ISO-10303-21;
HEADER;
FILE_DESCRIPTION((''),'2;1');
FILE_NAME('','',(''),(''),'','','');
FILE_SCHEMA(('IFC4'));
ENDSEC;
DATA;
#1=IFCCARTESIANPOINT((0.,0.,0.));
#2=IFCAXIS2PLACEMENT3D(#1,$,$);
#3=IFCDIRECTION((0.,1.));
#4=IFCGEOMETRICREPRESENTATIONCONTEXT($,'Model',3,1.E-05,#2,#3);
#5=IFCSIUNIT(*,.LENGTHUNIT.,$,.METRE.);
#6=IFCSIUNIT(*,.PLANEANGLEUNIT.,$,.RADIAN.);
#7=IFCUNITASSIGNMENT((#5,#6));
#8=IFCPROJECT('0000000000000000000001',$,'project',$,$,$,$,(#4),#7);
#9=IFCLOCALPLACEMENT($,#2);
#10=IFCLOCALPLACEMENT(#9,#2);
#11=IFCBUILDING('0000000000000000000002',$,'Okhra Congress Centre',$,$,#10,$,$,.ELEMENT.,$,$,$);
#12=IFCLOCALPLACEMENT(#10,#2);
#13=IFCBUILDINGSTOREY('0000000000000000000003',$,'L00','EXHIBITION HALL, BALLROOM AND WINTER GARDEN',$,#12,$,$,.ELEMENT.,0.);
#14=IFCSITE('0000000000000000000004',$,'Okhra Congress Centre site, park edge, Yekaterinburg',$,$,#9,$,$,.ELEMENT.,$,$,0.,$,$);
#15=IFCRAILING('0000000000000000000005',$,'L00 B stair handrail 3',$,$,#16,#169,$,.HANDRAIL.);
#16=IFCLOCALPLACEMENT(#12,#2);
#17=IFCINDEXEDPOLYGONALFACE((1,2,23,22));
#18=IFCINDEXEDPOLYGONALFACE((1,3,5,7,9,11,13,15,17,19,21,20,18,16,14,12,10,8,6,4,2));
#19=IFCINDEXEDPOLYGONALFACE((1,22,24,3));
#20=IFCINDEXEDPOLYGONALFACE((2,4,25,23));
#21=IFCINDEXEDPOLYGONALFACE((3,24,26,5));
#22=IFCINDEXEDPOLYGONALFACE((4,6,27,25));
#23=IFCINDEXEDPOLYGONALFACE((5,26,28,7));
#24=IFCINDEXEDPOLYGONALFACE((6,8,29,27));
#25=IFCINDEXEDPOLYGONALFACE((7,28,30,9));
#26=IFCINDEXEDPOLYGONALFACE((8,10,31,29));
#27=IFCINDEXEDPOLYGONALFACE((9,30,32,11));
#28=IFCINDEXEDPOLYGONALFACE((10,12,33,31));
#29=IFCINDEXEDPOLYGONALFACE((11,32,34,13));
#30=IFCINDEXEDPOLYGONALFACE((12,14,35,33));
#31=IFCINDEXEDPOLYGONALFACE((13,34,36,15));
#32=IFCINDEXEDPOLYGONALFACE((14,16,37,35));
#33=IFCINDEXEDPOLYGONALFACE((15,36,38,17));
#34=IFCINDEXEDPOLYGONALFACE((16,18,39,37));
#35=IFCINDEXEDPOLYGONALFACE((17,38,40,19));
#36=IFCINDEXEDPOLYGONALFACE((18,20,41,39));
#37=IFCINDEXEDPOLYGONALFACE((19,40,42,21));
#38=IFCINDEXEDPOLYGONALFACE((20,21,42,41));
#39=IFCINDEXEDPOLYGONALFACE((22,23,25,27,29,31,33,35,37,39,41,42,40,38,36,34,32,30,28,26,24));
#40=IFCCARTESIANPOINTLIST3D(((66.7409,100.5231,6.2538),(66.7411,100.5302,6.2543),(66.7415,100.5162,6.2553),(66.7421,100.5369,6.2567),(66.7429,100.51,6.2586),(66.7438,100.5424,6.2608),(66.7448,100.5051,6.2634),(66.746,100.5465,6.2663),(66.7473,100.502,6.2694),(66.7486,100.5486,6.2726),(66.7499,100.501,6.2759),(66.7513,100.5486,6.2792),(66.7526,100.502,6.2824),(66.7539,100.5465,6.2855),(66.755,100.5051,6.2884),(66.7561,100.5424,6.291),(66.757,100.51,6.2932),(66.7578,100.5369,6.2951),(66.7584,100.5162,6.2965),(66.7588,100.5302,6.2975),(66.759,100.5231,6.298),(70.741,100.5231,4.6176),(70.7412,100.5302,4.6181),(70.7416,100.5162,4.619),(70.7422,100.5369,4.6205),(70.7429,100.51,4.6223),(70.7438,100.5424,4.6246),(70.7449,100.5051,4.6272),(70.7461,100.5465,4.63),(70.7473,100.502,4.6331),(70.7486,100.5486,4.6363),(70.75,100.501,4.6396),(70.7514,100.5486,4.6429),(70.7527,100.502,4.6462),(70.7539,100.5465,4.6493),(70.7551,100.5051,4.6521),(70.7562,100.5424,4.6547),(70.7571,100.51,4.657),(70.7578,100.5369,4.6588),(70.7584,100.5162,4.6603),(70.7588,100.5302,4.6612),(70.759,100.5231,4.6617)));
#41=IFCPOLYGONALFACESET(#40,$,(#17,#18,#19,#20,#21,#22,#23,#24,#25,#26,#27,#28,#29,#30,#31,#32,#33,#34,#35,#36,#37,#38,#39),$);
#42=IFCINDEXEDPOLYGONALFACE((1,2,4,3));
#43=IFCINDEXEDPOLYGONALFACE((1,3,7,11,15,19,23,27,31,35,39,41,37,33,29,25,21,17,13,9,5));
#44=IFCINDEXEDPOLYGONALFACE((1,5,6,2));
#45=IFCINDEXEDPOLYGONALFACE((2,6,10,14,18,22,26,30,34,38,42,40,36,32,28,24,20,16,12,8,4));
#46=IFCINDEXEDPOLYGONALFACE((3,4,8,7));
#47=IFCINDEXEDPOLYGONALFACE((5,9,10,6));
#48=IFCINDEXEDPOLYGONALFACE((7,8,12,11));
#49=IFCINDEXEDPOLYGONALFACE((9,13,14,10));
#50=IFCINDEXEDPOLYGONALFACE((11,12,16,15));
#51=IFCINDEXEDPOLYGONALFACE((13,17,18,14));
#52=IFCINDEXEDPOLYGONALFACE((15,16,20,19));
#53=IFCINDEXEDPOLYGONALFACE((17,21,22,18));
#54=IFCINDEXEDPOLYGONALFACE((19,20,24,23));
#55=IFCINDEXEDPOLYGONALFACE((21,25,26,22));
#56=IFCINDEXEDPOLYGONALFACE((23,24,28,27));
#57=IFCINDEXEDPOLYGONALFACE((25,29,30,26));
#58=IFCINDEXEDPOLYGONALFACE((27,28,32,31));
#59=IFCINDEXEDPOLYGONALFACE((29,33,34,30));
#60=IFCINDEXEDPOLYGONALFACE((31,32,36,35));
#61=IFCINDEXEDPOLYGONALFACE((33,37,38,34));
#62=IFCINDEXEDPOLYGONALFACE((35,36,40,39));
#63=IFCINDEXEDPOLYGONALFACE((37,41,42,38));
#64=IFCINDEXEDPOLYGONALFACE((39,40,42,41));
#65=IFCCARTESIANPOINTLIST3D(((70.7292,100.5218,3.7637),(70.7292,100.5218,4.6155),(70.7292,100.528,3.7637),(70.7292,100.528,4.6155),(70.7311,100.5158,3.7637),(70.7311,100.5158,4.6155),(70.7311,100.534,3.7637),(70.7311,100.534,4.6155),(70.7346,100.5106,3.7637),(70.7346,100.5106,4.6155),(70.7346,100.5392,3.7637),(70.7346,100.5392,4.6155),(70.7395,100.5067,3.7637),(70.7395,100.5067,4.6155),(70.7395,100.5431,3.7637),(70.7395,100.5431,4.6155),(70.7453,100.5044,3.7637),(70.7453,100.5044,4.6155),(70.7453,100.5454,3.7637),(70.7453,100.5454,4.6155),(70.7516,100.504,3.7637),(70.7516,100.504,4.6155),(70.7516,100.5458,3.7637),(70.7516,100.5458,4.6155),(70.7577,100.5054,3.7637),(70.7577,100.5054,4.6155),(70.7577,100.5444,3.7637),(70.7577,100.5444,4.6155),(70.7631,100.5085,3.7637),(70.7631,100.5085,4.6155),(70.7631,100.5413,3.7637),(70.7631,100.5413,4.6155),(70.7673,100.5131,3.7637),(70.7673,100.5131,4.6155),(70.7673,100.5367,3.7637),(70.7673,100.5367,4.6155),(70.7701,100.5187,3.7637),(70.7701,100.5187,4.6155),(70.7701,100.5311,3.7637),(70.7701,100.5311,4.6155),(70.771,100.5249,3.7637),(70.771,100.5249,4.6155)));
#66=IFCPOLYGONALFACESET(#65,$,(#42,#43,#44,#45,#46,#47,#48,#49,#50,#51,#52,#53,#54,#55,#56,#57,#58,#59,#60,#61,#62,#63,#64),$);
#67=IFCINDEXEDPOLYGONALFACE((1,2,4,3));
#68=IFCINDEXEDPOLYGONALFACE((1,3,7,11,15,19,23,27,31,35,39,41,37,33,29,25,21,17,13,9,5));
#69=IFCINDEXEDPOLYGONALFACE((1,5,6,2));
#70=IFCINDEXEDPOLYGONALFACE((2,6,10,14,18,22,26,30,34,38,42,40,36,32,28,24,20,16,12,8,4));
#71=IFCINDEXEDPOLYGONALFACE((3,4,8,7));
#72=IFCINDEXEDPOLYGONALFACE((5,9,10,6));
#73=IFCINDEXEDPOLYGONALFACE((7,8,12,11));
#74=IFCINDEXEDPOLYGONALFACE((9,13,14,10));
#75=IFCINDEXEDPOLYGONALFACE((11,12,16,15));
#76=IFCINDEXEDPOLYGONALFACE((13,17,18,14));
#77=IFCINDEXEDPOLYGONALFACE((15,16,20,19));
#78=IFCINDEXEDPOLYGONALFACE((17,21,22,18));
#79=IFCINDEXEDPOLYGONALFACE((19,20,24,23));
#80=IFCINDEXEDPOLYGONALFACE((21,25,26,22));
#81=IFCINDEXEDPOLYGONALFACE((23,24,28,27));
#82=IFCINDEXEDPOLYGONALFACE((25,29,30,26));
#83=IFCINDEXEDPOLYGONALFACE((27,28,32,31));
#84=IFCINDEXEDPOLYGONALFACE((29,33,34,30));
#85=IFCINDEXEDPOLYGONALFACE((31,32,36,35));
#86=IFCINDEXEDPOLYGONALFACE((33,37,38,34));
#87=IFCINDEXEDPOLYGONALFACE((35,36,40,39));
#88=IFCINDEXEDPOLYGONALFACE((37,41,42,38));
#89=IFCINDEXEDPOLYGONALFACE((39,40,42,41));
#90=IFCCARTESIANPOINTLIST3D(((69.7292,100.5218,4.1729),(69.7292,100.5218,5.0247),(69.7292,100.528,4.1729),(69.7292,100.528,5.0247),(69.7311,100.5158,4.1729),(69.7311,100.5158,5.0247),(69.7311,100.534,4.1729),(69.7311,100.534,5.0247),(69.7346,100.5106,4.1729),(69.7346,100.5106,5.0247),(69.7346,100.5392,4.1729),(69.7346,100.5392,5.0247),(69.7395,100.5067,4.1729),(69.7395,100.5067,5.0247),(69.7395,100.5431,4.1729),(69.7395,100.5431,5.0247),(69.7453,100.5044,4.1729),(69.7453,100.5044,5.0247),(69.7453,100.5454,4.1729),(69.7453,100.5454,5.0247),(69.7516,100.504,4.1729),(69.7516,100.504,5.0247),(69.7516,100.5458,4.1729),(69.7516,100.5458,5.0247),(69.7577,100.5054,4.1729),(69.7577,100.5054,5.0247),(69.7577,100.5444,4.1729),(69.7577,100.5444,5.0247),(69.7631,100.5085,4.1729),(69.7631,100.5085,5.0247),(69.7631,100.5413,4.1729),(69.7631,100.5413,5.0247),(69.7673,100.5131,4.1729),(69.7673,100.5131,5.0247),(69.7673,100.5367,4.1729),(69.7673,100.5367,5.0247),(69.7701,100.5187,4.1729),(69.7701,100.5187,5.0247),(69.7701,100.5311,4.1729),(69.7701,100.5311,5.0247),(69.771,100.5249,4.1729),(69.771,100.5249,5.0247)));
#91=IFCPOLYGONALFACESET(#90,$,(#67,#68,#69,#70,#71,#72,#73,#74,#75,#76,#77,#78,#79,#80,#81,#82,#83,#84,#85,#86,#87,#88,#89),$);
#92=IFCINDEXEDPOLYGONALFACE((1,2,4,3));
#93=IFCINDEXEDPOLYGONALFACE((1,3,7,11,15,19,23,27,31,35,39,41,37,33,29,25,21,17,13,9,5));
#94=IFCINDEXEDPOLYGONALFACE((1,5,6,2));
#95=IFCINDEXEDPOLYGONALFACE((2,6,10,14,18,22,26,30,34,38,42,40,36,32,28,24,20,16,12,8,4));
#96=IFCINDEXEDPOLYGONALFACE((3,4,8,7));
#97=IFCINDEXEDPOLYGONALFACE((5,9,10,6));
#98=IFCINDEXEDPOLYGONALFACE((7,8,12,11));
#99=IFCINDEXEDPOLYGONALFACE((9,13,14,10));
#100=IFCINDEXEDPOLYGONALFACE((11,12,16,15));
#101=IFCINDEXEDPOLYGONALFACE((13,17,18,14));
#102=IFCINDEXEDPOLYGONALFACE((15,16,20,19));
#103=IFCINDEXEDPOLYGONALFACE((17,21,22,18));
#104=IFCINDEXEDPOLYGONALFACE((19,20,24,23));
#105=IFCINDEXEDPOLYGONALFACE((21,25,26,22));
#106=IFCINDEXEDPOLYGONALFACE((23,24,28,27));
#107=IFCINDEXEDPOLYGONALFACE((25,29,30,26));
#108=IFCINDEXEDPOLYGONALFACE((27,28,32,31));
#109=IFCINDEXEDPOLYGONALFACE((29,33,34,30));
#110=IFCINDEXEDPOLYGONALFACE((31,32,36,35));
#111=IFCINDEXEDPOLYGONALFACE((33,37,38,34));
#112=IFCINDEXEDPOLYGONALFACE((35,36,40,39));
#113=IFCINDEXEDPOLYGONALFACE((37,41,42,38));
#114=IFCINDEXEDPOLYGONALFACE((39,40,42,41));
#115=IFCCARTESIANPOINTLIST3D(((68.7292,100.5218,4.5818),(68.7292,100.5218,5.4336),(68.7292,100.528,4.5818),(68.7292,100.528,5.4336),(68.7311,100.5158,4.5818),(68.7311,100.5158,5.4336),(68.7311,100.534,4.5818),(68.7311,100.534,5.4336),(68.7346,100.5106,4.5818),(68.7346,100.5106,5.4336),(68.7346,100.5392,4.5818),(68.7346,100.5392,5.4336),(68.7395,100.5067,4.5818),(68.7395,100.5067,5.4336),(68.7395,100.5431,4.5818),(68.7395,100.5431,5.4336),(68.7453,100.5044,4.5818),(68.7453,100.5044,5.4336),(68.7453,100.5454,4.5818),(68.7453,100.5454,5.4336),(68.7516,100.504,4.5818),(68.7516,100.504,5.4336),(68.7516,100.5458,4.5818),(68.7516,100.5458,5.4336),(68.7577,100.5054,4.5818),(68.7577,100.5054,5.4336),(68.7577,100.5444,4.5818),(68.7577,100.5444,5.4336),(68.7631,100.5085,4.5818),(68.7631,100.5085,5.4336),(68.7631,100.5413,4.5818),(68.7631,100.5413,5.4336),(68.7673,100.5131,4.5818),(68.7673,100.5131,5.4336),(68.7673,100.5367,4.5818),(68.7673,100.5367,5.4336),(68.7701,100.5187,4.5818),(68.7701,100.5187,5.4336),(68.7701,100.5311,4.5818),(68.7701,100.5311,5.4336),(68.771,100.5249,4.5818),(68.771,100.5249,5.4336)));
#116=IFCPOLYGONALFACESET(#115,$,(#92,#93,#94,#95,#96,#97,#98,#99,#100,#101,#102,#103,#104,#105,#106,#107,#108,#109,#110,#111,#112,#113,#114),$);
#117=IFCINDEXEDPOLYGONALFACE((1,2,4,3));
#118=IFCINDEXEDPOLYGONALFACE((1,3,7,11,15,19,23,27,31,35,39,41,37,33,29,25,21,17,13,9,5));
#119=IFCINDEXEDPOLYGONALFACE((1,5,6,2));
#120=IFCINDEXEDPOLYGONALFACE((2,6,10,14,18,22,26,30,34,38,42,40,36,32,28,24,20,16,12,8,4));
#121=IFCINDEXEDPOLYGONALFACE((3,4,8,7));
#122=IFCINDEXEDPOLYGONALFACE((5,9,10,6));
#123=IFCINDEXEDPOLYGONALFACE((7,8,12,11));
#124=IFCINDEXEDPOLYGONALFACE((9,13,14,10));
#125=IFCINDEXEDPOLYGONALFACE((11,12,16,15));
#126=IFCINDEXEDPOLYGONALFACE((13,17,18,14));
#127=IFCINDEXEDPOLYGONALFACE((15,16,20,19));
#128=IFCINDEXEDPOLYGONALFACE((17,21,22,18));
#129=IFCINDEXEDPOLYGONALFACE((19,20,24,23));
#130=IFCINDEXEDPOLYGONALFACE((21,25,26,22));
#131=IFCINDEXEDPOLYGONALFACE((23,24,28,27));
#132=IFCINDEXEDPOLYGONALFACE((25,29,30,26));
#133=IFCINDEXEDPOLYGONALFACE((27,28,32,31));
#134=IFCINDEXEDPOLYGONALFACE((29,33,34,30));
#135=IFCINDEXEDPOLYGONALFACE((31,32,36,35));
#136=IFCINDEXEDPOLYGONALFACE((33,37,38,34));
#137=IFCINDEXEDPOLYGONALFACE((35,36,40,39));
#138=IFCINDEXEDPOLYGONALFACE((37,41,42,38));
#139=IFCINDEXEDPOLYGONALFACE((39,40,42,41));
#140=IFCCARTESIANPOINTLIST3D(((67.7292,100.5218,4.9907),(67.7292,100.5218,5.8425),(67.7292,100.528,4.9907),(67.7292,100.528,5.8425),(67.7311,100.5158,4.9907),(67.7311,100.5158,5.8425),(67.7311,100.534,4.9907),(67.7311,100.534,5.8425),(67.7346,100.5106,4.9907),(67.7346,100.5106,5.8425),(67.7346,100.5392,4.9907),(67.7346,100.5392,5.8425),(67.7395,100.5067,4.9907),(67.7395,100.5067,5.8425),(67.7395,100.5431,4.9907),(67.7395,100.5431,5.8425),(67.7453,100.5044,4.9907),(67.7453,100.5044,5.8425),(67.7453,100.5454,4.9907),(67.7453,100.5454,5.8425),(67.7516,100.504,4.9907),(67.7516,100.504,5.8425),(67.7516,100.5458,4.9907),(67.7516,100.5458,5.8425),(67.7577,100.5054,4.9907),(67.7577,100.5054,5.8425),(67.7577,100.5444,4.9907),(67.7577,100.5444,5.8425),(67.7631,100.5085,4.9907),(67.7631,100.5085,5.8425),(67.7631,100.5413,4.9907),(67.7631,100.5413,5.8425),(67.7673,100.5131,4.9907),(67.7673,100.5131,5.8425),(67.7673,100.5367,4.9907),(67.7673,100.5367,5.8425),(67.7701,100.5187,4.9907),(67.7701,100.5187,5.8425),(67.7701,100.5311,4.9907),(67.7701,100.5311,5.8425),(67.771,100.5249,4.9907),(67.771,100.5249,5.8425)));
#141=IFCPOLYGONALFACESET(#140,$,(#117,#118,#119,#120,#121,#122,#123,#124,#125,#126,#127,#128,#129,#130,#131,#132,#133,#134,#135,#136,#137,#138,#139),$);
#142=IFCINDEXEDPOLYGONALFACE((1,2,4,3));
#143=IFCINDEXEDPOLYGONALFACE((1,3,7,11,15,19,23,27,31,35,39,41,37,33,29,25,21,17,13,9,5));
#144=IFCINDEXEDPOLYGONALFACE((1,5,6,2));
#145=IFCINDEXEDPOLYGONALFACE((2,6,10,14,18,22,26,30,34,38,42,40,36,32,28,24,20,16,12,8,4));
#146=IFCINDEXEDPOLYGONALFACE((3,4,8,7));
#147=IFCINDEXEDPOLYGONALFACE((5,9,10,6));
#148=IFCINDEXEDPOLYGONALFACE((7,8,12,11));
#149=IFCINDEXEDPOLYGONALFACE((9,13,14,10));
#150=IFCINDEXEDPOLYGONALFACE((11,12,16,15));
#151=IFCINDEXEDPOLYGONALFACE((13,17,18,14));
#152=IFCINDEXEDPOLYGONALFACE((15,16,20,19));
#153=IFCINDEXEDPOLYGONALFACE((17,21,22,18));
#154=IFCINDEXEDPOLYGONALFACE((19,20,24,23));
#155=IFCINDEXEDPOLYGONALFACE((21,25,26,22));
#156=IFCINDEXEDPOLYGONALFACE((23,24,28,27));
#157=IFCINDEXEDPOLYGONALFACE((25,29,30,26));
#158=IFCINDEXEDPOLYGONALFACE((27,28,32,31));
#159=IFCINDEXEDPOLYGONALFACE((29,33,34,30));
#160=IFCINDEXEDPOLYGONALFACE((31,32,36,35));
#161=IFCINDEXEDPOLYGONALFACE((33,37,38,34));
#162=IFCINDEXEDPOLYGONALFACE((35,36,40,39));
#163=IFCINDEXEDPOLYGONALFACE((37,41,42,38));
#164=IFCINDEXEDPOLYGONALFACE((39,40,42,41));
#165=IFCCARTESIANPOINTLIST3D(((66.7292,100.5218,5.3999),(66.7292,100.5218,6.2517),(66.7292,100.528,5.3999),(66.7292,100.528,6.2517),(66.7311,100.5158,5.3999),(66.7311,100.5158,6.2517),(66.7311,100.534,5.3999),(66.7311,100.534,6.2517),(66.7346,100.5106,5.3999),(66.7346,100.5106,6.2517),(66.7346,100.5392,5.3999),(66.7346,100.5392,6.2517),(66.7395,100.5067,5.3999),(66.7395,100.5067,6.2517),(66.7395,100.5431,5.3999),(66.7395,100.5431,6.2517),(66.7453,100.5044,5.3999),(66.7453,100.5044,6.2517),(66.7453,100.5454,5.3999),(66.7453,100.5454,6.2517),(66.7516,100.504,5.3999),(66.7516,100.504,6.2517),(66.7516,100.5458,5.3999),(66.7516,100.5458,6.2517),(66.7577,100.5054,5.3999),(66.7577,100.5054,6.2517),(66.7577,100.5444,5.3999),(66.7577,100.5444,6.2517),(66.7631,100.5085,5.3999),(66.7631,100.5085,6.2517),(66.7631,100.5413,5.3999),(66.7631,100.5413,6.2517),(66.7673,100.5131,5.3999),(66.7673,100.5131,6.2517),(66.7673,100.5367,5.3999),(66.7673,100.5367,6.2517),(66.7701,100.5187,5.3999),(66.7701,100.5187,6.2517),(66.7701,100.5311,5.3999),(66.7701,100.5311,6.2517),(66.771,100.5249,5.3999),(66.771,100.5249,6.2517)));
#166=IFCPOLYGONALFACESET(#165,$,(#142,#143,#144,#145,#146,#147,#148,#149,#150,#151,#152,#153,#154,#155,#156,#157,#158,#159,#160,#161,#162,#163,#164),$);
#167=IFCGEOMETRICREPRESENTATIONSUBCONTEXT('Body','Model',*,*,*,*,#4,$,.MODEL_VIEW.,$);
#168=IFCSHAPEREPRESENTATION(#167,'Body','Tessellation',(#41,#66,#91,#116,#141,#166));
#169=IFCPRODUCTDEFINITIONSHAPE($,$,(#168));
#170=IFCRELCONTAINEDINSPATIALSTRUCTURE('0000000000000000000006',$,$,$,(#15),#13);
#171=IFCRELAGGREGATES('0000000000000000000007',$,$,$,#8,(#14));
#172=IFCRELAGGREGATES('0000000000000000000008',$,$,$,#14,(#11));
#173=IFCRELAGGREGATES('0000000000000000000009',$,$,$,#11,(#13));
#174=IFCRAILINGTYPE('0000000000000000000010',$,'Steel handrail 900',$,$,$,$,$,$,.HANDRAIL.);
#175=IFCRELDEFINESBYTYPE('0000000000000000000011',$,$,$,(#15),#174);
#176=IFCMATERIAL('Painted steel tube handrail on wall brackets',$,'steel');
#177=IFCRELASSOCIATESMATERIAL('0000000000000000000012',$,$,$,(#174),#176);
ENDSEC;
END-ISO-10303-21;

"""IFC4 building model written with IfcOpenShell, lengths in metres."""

from ifc_helpers import new_model, si_unit, direction, frame, origin, origin_2d, place, context, subcontext, project, spatial, circle, extrude, material, type_object, element, save


model = new_model("IFC4")

# Units and contexts
model_context = context("Model", 3, precision=1e-05, world=origin(), true_north=direction((0.0, 1.0)))
body_context = subcontext(model_context, "Body", "Model", "MODEL_VIEW")
ifc_project = project(units=[si_unit("LENGTHUNIT", "METRE"), si_unit("PLANEANGLEUNIT", "RADIAN")], contexts=[model_context])

# Site, building, storey
site_placement = place(None, origin())
site = spatial("IfcSite", under=ifc_project, at=site_placement, Name="Okhra Congress Centre site, park edge, Yekaterinburg", CompositionType="ELEMENT", RefElevation=0.0)
building_placement = place(site_placement, origin())
building = spatial("IfcBuilding", under=site, at=building_placement, Name="Okhra Congress Centre", CompositionType="ELEMENT")
storey_placement = place(building_placement, origin())
storey = spatial("IfcBuildingStorey", under=building, at=storey_placement, Name="L00", Description="EXHIBITION HALL, BALLROOM AND WINTER GARDEN", CompositionType="ELEMENT", Elevation=0.0)

# Railing
ifc_material_1 = material(Name="Painted steel tube handrail on wall brackets", Category="steel")
railing_type_1 = type_object("IfcRailingType", Name="Steel handrail 900", PredefinedType="HANDRAIL", material=ifc_material_1)
railing_1_placement = place(storey_placement, frame((70.75, 100.5249, 3.7637)))
element("IfcRailing", 1, at=railing_1_placement, inside=storey, type_object=railing_type_1, Name="L00 B stair handrail 3", PredefinedType="HANDRAIL", context=body_context, shape_type="SweptSolid", body=[
    extrude(circle(Radius=0.0239, at=origin_2d()), frame((0.0, 0.0, 0.876), z_axis=(-0.925558, 0.0, 0.378606), x_axis=(0.0, -1.0, 0.0)), (0.0, 0.0, 1.0), 4.3218),
    extrude(circle(Radius=0.021, at=origin_2d()), origin(), (0.0, 0.0, 1.0), 0.8518),
    extrude(circle(Radius=0.021, at=origin_2d()), frame((-1.0, 0.0, 0.4092)), (0.0, 0.0, 1.0), 0.8518),
    extrude(circle(Radius=0.021, at=origin_2d()), frame((-2.0, 0.0, 0.8181)), (0.0, 0.0, 1.0), 0.8518),
    extrude(circle(Radius=0.021, at=origin_2d()), frame((-3.0, 0.0, 1.2271)), (0.0, 0.0, 1.0), 0.8518),
    extrude(circle(Radius=0.021, at=origin_2d()), frame((-4.0, 0.0, 1.6362)), (0.0, 0.0, 1.0), 0.8518),
])

save(model, "model.ifc")
